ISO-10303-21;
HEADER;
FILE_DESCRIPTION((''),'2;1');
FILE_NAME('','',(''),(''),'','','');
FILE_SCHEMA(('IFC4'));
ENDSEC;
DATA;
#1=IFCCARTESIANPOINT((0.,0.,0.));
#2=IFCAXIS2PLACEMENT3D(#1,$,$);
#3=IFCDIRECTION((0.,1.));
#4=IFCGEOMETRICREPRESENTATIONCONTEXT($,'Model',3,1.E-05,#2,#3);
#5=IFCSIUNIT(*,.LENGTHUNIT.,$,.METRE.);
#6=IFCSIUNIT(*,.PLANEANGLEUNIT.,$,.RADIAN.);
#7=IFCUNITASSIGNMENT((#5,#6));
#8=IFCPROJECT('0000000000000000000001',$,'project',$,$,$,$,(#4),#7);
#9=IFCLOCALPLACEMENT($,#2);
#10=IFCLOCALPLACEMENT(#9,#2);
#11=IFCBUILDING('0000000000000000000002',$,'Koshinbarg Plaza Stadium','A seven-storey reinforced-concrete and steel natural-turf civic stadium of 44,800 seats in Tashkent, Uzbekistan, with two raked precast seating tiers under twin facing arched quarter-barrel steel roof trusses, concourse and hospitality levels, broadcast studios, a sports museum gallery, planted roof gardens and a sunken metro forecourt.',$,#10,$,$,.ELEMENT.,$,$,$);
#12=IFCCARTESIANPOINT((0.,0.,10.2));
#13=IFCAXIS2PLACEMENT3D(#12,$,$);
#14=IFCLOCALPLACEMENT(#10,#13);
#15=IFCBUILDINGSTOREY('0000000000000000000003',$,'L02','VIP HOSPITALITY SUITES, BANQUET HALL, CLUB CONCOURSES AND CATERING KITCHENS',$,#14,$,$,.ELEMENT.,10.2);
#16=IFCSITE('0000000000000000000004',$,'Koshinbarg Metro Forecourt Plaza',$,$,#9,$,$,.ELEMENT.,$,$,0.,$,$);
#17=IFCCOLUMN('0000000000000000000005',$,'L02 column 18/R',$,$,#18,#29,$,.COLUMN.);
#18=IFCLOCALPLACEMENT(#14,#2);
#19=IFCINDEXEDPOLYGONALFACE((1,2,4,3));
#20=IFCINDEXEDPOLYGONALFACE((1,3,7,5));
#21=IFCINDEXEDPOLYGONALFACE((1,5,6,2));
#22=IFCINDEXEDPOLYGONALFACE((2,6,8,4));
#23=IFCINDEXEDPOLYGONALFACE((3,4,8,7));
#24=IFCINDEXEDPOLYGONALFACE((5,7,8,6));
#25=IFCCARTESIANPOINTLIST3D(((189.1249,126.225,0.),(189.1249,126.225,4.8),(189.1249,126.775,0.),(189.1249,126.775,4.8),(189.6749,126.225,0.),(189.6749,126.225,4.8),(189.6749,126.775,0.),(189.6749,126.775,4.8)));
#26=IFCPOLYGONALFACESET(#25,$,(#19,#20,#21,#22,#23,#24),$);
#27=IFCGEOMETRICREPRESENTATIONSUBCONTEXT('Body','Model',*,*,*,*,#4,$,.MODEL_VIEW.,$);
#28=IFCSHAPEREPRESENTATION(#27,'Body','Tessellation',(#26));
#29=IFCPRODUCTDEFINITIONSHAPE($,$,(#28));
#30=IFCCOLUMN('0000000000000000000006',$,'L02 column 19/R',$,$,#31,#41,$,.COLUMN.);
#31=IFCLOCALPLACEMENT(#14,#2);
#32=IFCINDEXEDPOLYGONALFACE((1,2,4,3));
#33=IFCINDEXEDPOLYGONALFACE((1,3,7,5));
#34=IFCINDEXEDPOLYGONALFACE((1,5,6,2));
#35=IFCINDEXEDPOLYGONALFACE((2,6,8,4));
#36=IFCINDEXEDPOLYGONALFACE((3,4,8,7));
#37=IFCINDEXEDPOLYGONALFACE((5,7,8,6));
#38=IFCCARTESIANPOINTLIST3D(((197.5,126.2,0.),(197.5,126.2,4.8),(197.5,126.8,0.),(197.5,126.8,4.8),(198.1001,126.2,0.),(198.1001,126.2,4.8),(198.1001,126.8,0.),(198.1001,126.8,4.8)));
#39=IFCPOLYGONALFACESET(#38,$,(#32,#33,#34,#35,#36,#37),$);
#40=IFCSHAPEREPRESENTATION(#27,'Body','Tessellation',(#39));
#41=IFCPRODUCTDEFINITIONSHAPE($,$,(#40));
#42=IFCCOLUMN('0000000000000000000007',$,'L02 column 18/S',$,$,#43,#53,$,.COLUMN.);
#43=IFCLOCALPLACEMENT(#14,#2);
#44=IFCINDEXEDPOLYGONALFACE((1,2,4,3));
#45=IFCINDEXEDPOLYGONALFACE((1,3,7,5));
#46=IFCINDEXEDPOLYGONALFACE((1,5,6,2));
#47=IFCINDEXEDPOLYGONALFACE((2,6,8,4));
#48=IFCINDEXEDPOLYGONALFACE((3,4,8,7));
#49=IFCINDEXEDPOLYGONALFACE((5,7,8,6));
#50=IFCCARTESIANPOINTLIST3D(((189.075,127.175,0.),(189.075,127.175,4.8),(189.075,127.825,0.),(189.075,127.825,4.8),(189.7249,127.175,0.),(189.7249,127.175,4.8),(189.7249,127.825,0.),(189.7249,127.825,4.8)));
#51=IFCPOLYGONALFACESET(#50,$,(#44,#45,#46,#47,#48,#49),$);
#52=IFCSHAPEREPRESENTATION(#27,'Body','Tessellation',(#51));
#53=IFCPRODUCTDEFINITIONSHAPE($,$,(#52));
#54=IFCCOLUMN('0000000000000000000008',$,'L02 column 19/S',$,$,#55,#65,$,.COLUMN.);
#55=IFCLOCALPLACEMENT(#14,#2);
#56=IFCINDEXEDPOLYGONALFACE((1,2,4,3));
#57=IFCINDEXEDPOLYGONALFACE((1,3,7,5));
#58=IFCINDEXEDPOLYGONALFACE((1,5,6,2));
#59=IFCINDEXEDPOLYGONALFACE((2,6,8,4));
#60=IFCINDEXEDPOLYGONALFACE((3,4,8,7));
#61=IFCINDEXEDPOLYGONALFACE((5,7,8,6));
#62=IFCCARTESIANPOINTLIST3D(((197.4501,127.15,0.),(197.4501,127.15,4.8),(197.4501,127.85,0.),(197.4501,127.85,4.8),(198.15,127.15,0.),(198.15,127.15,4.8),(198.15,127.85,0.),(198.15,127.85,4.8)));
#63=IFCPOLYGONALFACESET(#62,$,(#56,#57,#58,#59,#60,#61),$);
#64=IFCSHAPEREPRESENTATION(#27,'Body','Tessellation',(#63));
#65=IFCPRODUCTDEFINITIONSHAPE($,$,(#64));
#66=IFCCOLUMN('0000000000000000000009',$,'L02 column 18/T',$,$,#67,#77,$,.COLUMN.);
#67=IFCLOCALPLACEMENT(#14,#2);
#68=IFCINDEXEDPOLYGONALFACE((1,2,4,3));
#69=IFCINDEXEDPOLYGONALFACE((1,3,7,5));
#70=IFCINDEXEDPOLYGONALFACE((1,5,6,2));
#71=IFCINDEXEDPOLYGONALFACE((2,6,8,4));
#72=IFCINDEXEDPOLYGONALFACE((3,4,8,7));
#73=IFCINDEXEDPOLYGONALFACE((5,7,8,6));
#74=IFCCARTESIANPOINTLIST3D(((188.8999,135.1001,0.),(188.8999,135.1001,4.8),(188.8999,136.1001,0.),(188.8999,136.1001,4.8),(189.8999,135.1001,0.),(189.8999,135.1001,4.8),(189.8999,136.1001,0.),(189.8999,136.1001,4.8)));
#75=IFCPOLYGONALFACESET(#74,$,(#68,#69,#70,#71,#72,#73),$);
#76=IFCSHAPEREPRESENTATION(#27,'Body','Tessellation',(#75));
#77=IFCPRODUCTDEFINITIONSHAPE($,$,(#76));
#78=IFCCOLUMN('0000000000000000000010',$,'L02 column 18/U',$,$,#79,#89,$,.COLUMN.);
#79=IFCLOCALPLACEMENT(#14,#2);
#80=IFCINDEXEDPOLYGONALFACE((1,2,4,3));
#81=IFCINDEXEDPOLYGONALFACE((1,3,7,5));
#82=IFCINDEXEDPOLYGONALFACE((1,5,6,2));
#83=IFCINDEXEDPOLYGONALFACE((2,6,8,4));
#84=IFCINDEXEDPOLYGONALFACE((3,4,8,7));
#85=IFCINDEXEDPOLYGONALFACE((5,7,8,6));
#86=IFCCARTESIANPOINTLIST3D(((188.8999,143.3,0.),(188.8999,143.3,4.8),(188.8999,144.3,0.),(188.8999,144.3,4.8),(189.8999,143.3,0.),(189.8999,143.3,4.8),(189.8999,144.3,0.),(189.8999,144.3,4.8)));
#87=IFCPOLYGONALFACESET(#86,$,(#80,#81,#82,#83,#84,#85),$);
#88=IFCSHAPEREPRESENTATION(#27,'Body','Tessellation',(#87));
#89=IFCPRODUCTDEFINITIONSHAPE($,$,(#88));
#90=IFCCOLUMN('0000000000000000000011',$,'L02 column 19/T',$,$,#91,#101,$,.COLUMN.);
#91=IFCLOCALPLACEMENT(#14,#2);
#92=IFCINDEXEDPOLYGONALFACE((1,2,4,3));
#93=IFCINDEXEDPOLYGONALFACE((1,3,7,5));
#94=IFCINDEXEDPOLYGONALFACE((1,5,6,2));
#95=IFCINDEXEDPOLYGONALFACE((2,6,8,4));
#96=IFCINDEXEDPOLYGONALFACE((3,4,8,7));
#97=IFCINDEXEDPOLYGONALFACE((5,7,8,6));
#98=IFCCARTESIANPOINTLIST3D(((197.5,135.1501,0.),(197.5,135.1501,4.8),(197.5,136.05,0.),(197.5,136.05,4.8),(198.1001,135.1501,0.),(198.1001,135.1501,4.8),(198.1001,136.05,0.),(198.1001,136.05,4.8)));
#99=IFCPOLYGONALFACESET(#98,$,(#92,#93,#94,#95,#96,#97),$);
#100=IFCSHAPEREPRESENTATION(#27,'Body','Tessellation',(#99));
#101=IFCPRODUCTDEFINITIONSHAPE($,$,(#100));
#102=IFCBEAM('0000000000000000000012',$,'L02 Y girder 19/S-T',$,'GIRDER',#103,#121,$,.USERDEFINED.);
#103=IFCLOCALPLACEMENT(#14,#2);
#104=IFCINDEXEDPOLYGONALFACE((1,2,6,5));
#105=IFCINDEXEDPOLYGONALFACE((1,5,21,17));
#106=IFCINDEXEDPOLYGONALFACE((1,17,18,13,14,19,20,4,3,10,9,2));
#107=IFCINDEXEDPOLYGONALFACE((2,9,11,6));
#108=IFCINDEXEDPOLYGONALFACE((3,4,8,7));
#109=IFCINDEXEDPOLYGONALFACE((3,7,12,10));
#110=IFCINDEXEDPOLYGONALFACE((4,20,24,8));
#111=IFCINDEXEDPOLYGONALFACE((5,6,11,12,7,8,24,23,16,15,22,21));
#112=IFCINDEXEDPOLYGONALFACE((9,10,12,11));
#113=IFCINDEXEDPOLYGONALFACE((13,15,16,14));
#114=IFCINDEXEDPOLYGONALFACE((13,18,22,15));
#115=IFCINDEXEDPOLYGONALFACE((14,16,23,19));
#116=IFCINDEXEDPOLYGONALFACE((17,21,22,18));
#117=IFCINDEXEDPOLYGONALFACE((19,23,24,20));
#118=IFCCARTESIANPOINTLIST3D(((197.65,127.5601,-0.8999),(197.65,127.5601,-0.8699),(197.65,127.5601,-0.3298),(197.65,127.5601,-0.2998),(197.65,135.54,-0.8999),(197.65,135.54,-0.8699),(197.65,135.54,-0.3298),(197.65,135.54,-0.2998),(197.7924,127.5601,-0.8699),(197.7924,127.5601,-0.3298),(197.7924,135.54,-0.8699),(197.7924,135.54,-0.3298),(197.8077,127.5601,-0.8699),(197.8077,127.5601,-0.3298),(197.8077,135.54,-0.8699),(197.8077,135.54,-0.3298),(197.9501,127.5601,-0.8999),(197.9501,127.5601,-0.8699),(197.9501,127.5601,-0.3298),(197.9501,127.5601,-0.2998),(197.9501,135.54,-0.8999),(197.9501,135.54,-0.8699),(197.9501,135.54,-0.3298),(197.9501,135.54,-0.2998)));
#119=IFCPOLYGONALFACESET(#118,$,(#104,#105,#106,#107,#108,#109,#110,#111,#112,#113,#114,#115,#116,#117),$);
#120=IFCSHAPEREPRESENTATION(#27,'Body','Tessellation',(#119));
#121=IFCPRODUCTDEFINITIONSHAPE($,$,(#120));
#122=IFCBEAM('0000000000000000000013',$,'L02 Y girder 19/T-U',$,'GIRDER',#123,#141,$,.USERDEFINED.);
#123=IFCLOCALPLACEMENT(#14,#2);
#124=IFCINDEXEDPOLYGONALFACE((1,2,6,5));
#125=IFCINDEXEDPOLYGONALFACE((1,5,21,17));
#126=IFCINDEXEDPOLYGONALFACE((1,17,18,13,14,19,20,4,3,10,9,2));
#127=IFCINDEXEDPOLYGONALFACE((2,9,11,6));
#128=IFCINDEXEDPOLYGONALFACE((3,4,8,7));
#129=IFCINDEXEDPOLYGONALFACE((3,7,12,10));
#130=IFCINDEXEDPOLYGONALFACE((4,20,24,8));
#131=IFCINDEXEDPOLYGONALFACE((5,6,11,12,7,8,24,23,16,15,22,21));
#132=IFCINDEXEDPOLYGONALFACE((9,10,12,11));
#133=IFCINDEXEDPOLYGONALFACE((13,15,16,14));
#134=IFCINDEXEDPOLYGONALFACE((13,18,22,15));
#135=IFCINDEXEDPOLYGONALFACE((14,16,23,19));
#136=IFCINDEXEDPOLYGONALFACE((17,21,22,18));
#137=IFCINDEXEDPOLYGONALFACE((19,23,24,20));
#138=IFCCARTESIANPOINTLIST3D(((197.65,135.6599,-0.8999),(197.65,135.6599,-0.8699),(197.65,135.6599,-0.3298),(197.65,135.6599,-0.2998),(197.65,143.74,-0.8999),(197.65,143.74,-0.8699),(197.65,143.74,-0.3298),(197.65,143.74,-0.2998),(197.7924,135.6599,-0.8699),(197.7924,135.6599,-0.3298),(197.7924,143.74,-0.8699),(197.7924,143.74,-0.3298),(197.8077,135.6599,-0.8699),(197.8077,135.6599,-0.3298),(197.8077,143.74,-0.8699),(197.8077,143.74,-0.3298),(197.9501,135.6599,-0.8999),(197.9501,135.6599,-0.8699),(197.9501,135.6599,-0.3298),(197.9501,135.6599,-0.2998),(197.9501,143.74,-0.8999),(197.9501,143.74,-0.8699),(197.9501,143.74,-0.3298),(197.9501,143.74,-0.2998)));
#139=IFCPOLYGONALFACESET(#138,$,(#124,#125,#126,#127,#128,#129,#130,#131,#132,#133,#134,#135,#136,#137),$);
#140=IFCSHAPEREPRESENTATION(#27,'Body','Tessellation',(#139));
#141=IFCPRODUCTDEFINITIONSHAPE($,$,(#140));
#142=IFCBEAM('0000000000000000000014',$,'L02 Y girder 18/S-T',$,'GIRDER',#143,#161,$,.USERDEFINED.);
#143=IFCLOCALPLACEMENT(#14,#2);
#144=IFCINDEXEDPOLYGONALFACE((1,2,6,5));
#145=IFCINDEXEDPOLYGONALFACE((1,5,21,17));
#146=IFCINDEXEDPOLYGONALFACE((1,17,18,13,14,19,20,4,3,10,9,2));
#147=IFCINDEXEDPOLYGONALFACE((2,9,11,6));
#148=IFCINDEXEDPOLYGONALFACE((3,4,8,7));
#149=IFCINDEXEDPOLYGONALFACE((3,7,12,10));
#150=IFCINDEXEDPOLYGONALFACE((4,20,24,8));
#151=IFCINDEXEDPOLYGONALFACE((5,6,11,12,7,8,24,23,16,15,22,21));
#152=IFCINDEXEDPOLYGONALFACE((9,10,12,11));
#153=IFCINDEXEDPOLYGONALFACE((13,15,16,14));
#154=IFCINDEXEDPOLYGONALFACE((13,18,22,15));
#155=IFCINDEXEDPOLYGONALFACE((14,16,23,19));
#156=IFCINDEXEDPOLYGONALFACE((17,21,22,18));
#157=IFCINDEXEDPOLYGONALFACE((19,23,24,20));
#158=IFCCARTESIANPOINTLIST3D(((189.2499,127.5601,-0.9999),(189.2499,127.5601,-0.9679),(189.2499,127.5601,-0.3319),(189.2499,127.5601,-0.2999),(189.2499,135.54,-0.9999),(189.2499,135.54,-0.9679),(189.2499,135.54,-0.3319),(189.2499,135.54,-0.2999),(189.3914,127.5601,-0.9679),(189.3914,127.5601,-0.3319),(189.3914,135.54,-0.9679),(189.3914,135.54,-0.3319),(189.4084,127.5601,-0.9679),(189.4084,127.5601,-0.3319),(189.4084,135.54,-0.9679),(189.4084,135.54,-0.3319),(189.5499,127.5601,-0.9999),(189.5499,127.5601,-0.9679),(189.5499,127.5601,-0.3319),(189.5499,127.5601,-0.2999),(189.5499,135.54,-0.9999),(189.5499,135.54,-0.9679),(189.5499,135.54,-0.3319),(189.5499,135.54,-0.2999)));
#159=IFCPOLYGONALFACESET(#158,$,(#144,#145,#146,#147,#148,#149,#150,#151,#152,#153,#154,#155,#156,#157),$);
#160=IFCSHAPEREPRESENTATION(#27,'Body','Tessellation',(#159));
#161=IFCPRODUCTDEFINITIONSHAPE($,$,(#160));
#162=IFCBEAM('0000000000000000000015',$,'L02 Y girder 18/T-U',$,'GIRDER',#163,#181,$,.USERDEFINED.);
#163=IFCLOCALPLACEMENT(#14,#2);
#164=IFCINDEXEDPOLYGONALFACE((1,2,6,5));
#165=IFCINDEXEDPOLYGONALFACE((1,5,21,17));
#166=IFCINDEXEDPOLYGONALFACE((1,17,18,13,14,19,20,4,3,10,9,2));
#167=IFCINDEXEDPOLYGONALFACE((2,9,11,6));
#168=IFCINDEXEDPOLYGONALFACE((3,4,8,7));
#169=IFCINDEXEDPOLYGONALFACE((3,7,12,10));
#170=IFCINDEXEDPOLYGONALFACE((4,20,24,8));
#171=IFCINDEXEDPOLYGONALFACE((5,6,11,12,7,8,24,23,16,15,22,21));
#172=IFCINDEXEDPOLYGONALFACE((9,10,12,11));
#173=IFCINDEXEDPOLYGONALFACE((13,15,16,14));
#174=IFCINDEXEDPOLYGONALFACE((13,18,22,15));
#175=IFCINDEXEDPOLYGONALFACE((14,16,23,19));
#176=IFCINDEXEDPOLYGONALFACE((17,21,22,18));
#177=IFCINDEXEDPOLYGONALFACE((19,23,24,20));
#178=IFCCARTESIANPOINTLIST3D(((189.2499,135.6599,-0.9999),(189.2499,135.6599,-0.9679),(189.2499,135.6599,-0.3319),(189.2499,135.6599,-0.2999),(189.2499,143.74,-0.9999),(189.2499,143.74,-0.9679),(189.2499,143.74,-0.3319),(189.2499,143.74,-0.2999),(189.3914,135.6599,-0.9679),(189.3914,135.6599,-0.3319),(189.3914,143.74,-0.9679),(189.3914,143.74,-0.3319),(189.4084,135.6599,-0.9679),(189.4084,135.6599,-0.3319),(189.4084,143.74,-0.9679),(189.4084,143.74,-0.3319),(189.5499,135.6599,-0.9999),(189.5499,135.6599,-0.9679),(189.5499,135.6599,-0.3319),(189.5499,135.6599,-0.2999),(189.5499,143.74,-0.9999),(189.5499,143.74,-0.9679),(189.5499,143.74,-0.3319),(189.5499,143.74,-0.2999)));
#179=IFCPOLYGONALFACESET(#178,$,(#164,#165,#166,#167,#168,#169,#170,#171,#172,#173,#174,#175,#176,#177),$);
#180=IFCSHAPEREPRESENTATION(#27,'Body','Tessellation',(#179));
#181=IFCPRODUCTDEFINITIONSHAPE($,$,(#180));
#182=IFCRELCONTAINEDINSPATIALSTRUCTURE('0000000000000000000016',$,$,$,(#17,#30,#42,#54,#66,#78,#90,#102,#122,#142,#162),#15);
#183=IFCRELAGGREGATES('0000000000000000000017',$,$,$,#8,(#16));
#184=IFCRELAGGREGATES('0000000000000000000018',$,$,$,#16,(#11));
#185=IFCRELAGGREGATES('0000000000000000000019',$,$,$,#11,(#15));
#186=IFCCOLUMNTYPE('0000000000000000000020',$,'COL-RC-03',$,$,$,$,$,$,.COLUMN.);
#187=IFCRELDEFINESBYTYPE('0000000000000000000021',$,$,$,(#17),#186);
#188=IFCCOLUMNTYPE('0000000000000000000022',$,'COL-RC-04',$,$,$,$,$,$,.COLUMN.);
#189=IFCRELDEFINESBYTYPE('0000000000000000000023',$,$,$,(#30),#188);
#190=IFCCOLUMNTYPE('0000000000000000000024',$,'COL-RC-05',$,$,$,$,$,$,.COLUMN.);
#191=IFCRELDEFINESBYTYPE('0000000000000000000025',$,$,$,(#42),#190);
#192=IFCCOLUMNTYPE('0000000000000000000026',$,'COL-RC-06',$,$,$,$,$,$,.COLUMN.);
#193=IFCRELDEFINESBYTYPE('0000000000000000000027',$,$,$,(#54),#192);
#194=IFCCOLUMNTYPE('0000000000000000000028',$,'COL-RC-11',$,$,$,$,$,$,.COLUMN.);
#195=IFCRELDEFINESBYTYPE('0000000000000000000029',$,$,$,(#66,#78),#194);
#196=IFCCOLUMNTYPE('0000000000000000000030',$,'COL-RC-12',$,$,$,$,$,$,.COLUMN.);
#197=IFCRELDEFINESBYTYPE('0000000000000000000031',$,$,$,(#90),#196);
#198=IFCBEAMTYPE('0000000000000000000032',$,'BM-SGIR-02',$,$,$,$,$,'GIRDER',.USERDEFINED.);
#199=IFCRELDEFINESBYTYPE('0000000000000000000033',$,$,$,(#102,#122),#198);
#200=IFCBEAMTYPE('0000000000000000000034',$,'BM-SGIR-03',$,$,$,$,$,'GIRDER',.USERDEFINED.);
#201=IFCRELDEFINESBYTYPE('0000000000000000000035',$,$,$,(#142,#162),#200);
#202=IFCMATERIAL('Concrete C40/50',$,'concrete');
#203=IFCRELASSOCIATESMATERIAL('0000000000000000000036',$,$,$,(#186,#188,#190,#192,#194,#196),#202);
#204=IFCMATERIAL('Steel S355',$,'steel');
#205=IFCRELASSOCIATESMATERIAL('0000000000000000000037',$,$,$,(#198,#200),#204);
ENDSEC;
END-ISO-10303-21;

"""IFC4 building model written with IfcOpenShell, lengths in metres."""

from ifc_helpers import new_model, si_unit, direction, frame, origin, origin_2d, place, context, subcontext, project, spatial, rectangle, i_section, extrude, material, material_profile, profile_set, type_object, element, save


model = new_model("IFC4")

# Units and contexts
model_context = context("Model", 3, precision=1e-05, world=origin(), true_north=direction((0.0, 1.0)))
body_context = subcontext(model_context, "Body", "Model", "MODEL_VIEW")
ifc_project = project(units=[si_unit("LENGTHUNIT", "METRE"), si_unit("PLANEANGLEUNIT", "RADIAN")], contexts=[model_context])

# Site, building, storey
site_placement = place(None, origin())
site = spatial("IfcSite", under=ifc_project, at=site_placement, Name="Koshinbarg Metro Forecourt Plaza", CompositionType="ELEMENT", RefElevation=0.0)
building_placement = place(site_placement, origin())
building = spatial("IfcBuilding", under=site, at=building_placement, Name="Koshinbarg Plaza Stadium", Description="A seven-storey reinforced-concrete and steel natural-turf civic stadium of 44,800 seats in Tashkent, Uzbekistan, with two raked precast seating tiers under twin facing arched quarter-barrel steel roof trusses, concourse and hospitality levels, broadcast studios, a sports museum gallery, planted roof gardens and a sunken metro forecourt.", CompositionType="ELEMENT")
storey_placement = place(building_placement, frame((0.0, 0.0, 10.2)))
storey = spatial("IfcBuildingStorey", under=building, at=storey_placement, Name="L02", Description="VIP HOSPITALITY SUITES, BANQUET HALL, CLUB CONCOURSES AND CATERING KITCHENS", CompositionType="ELEMENT", Elevation=10.2)

# Columns
ifc_material_1 = material(Name="Concrete C40/50", Category="concrete")
ifc_material_profile_1 = material_profile(ifc_material_1, rectangle(XDim=0.55, YDim=0.55, at=origin_2d()), Name="RC 550x550")
ifc_profile_set_1 = profile_set([ifc_material_profile_1], Name="Concrete C40/50")
column_type_1 = type_object("IfcColumnType", Name="COL-RC-03", PredefinedType="COLUMN", material=ifc_profile_set_1)
column_1_placement = place(storey_placement, frame((189.3999, 126.5, 0.0), z_axis=(0.0, 0.0, 1.0), x_axis=(1.0, 0.0, 0.0)))
element("IfcColumn", 1, at=column_1_placement, inside=storey, type_object=column_type_1, Name="L02 column 18/R", PredefinedType="COLUMN", context=body_context, shape_type="SweptSolid", body=[
    extrude(rectangle(XDim=0.55, YDim=0.55, at=origin_2d()), origin(), (0.0, 0.0, 1.0), 4.8),
])
ifc_material_profile_2 = material_profile(ifc_material_1, rectangle(XDim=0.6001, YDim=0.6001, at=origin_2d()), Name="RC 600x600")
ifc_profile_set_2 = profile_set([ifc_material_profile_2], Name="Concrete C40/50")
column_type_2 = type_object("IfcColumnType", Name="COL-RC-04", PredefinedType="COLUMN", material=ifc_profile_set_2)
column_2_placement = place(storey_placement, frame((197.8, 126.5, 0.0), z_axis=(0.0, 0.0, 1.0), x_axis=(1.0, 0.0, 0.0)))
element("IfcColumn", 2, at=column_2_placement, inside=storey, type_object=column_type_2, Name="L02 column 19/R", PredefinedType="COLUMN", context=body_context, shape_type="SweptSolid", body=[
    extrude(rectangle(XDim=0.6001, YDim=0.6001, at=origin_2d()), origin(), (0.0, 0.0, 1.0), 4.8),
])
ifc_material_profile_3 = material_profile(ifc_material_1, rectangle(XDim=0.6499, YDim=0.6499, at=origin_2d()), Name="RC 650x650")
ifc_profile_set_3 = profile_set([ifc_material_profile_3], Name="Concrete C40/50")
column_type_3 = type_object("IfcColumnType", Name="COL-RC-05", PredefinedType="COLUMN", material=ifc_profile_set_3)
column_3_placement = place(storey_placement, frame((189.3999, 127.5, 0.0), z_axis=(0.0, 0.0, 1.0), x_axis=(1.0, 0.0, 0.0)))
element("IfcColumn", 3, at=column_3_placement, inside=storey, type_object=column_type_3, Name="L02 column 18/S", PredefinedType="COLUMN", context=body_context, shape_type="SweptSolid", body=[
    extrude(rectangle(XDim=0.6499, YDim=0.6499, at=origin_2d()), origin(), (0.0, 0.0, 1.0), 4.8),
])
ifc_material_profile_4 = material_profile(ifc_material_1, rectangle(XDim=0.7, YDim=0.7, at=origin_2d()), Name="RC 700x700")
ifc_profile_set_4 = profile_set([ifc_material_profile_4], Name="Concrete C40/50")
column_type_4 = type_object("IfcColumnType", Name="COL-RC-06", PredefinedType="COLUMN", material=ifc_profile_set_4)
column_4_placement = place(storey_placement, frame((197.8, 127.5, 0.0), z_axis=(0.0, 0.0, 1.0), x_axis=(1.0, 0.0, 0.0)))
element("IfcColumn", 4, at=column_4_placement, inside=storey, type_object=column_type_4, Name="L02 column 19/S", PredefinedType="COLUMN", context=body_context, shape_type="SweptSolid", body=[
    extrude(rectangle(XDim=0.7, YDim=0.7, at=origin_2d()), origin(), (0.0, 0.0, 1.0), 4.8),
])
ifc_material_profile_5 = material_profile(ifc_material_1, rectangle(XDim=1.0, YDim=1.0, at=origin_2d()), Name="RC 1000x1000")
ifc_profile_set_5 = profile_set([ifc_material_profile_5], Name="Concrete C40/50")
column_type_5 = type_object("IfcColumnType", Name="COL-RC-11", PredefinedType="COLUMN", material=ifc_profile_set_5)
for number, where, z_axis, x_axis, name in (
    (5, (189.3999, 135.6001, 0.0), (0.0, 0.0, 1.0), (1.0, 0.0, 0.0), "L02 column 18/T"),
    (6, (189.3999, 143.8, 0.0), (0.0, 0.0, 1.0), (1.0, 0.0, 0.0), "L02 column 18/U"),
):
    element("IfcColumn", number, at=place(storey_placement, frame(where, z_axis=z_axis, x_axis=x_axis)), inside=storey, type_object=column_type_5, Name=name, PredefinedType="COLUMN", context=body_context, shape_type="SweptSolid", body=[
        extrude(rectangle(XDim=1.0, YDim=1.0, at=origin_2d()), origin(), (0.0, 0.0, 1.0), 4.8),
    ])
ifc_material_profile_6 = material_profile(ifc_material_1, rectangle(XDim=0.6001, YDim=0.8999, at=origin_2d()), Name="RC 600x900")
ifc_profile_set_6 = profile_set([ifc_material_profile_6], Name="Concrete C40/50")
column_type_6 = type_object("IfcColumnType", Name="COL-RC-12", PredefinedType="COLUMN", material=ifc_profile_set_6)
column_5_placement = place(storey_placement, frame((197.8, 135.6001, 0.0), z_axis=(0.0, 0.0, 1.0), x_axis=(1.0, 0.0, 0.0)))
element("IfcColumn", 7, at=column_5_placement, inside=storey, type_object=column_type_6, Name="L02 column 19/T", PredefinedType="COLUMN", context=body_context, shape_type="SweptSolid", body=[
    extrude(rectangle(XDim=0.6001, YDim=0.8999, at=origin_2d()), origin(), (0.0, 0.0, 1.0), 4.8),
])

# Beams
ifc_material_2 = material(Name="Steel S355", Category="steel")
ifc_material_profile_7 = material_profile(ifc_material_2, i_section(OverallWidth=0.3, OverallDepth=0.6001, WebThickness=0.0154, FlangeThickness=0.03, at=origin_2d()), Name="HEB 600")
ifc_profile_set_7 = profile_set([ifc_material_profile_7], Name="Steel S355")
beam_type_1 = type_object("IfcBeamType", Name="BM-SGIR-02", ElementType="GIRDER", PredefinedType="USERDEFINED", material=ifc_profile_set_7)
beam_1_placement = place(storey_placement, frame((197.8, 127.5601, -0.5999), z_axis=(0.0, 1.0, 0.0), x_axis=(-1.0, 0.0, 0.0)))
element("IfcBeam", 8, at=beam_1_placement, inside=storey, type_object=beam_type_1, Name="L02 Y girder 19/S-T", ObjectType="GIRDER", PredefinedType="USERDEFINED", context=body_context, shape_type="SweptSolid", body=[
    extrude(i_section(OverallWidth=0.3, OverallDepth=0.6001, WebThickness=0.0154, FlangeThickness=0.03, at=origin_2d()), origin(), (0.0, 0.0, 1.0), 7.98),
])
beam_2_placement = place(storey_placement, frame((197.8, 135.6599, -0.5999), z_axis=(0.0, 1.0, 0.0), x_axis=(-1.0, 0.0, 0.0)))
element("IfcBeam", 9, at=beam_2_placement, inside=storey, type_object=beam_type_1, Name="L02 Y girder 19/T-U", ObjectType="GIRDER", PredefinedType="USERDEFINED", context=body_context, shape_type="SweptSolid", body=[
    extrude(i_section(OverallWidth=0.3, OverallDepth=0.6001, WebThickness=0.0154, FlangeThickness=0.03, at=origin_2d()), origin(), (0.0, 0.0, 1.0), 8.0801),
])
ifc_material_profile_8 = material_profile(ifc_material_2, i_section(OverallWidth=0.3, OverallDepth=0.7, WebThickness=0.0171, FlangeThickness=0.032, at=origin_2d()), Name="HEB 700")
ifc_profile_set_8 = profile_set([ifc_material_profile_8], Name="Steel S355")
beam_type_2 = type_object("IfcBeamType", Name="BM-SGIR-03", ElementType="GIRDER", PredefinedType="USERDEFINED", material=ifc_profile_set_8)
beam_3_placement = place(storey_placement, frame((189.3999, 127.5601, -0.6499), z_axis=(0.0, 1.0, 0.0), x_axis=(-1.0, 0.0, 0.0)))
element("IfcBeam", 10, at=beam_3_placement, inside=storey, type_object=beam_type_2, Name="L02 Y girder 18/S-T", ObjectType="GIRDER", PredefinedType="USERDEFINED", context=body_context, shape_type="SweptSolid", body=[
    extrude(i_section(OverallWidth=0.3, OverallDepth=0.7, WebThickness=0.0171, FlangeThickness=0.032, at=origin_2d()), origin(), (0.0, 0.0, 1.0), 7.98),
])
beam_4_placement = place(storey_placement, frame((189.3999, 135.6599, -0.6499), z_axis=(0.0, 1.0, 0.0), x_axis=(-1.0, 0.0, 0.0)))
element("IfcBeam", 11, at=beam_4_placement, inside=storey, type_object=beam_type_2, Name="L02 Y girder 18/T-U", ObjectType="GIRDER", PredefinedType="USERDEFINED", context=body_context, shape_type="SweptSolid", body=[
    extrude(i_section(OverallWidth=0.3, OverallDepth=0.7, WebThickness=0.0171, FlangeThickness=0.032, at=origin_2d()), origin(), (0.0, 0.0, 1.0), 8.0801),
])

save(model, "model.ifc")
